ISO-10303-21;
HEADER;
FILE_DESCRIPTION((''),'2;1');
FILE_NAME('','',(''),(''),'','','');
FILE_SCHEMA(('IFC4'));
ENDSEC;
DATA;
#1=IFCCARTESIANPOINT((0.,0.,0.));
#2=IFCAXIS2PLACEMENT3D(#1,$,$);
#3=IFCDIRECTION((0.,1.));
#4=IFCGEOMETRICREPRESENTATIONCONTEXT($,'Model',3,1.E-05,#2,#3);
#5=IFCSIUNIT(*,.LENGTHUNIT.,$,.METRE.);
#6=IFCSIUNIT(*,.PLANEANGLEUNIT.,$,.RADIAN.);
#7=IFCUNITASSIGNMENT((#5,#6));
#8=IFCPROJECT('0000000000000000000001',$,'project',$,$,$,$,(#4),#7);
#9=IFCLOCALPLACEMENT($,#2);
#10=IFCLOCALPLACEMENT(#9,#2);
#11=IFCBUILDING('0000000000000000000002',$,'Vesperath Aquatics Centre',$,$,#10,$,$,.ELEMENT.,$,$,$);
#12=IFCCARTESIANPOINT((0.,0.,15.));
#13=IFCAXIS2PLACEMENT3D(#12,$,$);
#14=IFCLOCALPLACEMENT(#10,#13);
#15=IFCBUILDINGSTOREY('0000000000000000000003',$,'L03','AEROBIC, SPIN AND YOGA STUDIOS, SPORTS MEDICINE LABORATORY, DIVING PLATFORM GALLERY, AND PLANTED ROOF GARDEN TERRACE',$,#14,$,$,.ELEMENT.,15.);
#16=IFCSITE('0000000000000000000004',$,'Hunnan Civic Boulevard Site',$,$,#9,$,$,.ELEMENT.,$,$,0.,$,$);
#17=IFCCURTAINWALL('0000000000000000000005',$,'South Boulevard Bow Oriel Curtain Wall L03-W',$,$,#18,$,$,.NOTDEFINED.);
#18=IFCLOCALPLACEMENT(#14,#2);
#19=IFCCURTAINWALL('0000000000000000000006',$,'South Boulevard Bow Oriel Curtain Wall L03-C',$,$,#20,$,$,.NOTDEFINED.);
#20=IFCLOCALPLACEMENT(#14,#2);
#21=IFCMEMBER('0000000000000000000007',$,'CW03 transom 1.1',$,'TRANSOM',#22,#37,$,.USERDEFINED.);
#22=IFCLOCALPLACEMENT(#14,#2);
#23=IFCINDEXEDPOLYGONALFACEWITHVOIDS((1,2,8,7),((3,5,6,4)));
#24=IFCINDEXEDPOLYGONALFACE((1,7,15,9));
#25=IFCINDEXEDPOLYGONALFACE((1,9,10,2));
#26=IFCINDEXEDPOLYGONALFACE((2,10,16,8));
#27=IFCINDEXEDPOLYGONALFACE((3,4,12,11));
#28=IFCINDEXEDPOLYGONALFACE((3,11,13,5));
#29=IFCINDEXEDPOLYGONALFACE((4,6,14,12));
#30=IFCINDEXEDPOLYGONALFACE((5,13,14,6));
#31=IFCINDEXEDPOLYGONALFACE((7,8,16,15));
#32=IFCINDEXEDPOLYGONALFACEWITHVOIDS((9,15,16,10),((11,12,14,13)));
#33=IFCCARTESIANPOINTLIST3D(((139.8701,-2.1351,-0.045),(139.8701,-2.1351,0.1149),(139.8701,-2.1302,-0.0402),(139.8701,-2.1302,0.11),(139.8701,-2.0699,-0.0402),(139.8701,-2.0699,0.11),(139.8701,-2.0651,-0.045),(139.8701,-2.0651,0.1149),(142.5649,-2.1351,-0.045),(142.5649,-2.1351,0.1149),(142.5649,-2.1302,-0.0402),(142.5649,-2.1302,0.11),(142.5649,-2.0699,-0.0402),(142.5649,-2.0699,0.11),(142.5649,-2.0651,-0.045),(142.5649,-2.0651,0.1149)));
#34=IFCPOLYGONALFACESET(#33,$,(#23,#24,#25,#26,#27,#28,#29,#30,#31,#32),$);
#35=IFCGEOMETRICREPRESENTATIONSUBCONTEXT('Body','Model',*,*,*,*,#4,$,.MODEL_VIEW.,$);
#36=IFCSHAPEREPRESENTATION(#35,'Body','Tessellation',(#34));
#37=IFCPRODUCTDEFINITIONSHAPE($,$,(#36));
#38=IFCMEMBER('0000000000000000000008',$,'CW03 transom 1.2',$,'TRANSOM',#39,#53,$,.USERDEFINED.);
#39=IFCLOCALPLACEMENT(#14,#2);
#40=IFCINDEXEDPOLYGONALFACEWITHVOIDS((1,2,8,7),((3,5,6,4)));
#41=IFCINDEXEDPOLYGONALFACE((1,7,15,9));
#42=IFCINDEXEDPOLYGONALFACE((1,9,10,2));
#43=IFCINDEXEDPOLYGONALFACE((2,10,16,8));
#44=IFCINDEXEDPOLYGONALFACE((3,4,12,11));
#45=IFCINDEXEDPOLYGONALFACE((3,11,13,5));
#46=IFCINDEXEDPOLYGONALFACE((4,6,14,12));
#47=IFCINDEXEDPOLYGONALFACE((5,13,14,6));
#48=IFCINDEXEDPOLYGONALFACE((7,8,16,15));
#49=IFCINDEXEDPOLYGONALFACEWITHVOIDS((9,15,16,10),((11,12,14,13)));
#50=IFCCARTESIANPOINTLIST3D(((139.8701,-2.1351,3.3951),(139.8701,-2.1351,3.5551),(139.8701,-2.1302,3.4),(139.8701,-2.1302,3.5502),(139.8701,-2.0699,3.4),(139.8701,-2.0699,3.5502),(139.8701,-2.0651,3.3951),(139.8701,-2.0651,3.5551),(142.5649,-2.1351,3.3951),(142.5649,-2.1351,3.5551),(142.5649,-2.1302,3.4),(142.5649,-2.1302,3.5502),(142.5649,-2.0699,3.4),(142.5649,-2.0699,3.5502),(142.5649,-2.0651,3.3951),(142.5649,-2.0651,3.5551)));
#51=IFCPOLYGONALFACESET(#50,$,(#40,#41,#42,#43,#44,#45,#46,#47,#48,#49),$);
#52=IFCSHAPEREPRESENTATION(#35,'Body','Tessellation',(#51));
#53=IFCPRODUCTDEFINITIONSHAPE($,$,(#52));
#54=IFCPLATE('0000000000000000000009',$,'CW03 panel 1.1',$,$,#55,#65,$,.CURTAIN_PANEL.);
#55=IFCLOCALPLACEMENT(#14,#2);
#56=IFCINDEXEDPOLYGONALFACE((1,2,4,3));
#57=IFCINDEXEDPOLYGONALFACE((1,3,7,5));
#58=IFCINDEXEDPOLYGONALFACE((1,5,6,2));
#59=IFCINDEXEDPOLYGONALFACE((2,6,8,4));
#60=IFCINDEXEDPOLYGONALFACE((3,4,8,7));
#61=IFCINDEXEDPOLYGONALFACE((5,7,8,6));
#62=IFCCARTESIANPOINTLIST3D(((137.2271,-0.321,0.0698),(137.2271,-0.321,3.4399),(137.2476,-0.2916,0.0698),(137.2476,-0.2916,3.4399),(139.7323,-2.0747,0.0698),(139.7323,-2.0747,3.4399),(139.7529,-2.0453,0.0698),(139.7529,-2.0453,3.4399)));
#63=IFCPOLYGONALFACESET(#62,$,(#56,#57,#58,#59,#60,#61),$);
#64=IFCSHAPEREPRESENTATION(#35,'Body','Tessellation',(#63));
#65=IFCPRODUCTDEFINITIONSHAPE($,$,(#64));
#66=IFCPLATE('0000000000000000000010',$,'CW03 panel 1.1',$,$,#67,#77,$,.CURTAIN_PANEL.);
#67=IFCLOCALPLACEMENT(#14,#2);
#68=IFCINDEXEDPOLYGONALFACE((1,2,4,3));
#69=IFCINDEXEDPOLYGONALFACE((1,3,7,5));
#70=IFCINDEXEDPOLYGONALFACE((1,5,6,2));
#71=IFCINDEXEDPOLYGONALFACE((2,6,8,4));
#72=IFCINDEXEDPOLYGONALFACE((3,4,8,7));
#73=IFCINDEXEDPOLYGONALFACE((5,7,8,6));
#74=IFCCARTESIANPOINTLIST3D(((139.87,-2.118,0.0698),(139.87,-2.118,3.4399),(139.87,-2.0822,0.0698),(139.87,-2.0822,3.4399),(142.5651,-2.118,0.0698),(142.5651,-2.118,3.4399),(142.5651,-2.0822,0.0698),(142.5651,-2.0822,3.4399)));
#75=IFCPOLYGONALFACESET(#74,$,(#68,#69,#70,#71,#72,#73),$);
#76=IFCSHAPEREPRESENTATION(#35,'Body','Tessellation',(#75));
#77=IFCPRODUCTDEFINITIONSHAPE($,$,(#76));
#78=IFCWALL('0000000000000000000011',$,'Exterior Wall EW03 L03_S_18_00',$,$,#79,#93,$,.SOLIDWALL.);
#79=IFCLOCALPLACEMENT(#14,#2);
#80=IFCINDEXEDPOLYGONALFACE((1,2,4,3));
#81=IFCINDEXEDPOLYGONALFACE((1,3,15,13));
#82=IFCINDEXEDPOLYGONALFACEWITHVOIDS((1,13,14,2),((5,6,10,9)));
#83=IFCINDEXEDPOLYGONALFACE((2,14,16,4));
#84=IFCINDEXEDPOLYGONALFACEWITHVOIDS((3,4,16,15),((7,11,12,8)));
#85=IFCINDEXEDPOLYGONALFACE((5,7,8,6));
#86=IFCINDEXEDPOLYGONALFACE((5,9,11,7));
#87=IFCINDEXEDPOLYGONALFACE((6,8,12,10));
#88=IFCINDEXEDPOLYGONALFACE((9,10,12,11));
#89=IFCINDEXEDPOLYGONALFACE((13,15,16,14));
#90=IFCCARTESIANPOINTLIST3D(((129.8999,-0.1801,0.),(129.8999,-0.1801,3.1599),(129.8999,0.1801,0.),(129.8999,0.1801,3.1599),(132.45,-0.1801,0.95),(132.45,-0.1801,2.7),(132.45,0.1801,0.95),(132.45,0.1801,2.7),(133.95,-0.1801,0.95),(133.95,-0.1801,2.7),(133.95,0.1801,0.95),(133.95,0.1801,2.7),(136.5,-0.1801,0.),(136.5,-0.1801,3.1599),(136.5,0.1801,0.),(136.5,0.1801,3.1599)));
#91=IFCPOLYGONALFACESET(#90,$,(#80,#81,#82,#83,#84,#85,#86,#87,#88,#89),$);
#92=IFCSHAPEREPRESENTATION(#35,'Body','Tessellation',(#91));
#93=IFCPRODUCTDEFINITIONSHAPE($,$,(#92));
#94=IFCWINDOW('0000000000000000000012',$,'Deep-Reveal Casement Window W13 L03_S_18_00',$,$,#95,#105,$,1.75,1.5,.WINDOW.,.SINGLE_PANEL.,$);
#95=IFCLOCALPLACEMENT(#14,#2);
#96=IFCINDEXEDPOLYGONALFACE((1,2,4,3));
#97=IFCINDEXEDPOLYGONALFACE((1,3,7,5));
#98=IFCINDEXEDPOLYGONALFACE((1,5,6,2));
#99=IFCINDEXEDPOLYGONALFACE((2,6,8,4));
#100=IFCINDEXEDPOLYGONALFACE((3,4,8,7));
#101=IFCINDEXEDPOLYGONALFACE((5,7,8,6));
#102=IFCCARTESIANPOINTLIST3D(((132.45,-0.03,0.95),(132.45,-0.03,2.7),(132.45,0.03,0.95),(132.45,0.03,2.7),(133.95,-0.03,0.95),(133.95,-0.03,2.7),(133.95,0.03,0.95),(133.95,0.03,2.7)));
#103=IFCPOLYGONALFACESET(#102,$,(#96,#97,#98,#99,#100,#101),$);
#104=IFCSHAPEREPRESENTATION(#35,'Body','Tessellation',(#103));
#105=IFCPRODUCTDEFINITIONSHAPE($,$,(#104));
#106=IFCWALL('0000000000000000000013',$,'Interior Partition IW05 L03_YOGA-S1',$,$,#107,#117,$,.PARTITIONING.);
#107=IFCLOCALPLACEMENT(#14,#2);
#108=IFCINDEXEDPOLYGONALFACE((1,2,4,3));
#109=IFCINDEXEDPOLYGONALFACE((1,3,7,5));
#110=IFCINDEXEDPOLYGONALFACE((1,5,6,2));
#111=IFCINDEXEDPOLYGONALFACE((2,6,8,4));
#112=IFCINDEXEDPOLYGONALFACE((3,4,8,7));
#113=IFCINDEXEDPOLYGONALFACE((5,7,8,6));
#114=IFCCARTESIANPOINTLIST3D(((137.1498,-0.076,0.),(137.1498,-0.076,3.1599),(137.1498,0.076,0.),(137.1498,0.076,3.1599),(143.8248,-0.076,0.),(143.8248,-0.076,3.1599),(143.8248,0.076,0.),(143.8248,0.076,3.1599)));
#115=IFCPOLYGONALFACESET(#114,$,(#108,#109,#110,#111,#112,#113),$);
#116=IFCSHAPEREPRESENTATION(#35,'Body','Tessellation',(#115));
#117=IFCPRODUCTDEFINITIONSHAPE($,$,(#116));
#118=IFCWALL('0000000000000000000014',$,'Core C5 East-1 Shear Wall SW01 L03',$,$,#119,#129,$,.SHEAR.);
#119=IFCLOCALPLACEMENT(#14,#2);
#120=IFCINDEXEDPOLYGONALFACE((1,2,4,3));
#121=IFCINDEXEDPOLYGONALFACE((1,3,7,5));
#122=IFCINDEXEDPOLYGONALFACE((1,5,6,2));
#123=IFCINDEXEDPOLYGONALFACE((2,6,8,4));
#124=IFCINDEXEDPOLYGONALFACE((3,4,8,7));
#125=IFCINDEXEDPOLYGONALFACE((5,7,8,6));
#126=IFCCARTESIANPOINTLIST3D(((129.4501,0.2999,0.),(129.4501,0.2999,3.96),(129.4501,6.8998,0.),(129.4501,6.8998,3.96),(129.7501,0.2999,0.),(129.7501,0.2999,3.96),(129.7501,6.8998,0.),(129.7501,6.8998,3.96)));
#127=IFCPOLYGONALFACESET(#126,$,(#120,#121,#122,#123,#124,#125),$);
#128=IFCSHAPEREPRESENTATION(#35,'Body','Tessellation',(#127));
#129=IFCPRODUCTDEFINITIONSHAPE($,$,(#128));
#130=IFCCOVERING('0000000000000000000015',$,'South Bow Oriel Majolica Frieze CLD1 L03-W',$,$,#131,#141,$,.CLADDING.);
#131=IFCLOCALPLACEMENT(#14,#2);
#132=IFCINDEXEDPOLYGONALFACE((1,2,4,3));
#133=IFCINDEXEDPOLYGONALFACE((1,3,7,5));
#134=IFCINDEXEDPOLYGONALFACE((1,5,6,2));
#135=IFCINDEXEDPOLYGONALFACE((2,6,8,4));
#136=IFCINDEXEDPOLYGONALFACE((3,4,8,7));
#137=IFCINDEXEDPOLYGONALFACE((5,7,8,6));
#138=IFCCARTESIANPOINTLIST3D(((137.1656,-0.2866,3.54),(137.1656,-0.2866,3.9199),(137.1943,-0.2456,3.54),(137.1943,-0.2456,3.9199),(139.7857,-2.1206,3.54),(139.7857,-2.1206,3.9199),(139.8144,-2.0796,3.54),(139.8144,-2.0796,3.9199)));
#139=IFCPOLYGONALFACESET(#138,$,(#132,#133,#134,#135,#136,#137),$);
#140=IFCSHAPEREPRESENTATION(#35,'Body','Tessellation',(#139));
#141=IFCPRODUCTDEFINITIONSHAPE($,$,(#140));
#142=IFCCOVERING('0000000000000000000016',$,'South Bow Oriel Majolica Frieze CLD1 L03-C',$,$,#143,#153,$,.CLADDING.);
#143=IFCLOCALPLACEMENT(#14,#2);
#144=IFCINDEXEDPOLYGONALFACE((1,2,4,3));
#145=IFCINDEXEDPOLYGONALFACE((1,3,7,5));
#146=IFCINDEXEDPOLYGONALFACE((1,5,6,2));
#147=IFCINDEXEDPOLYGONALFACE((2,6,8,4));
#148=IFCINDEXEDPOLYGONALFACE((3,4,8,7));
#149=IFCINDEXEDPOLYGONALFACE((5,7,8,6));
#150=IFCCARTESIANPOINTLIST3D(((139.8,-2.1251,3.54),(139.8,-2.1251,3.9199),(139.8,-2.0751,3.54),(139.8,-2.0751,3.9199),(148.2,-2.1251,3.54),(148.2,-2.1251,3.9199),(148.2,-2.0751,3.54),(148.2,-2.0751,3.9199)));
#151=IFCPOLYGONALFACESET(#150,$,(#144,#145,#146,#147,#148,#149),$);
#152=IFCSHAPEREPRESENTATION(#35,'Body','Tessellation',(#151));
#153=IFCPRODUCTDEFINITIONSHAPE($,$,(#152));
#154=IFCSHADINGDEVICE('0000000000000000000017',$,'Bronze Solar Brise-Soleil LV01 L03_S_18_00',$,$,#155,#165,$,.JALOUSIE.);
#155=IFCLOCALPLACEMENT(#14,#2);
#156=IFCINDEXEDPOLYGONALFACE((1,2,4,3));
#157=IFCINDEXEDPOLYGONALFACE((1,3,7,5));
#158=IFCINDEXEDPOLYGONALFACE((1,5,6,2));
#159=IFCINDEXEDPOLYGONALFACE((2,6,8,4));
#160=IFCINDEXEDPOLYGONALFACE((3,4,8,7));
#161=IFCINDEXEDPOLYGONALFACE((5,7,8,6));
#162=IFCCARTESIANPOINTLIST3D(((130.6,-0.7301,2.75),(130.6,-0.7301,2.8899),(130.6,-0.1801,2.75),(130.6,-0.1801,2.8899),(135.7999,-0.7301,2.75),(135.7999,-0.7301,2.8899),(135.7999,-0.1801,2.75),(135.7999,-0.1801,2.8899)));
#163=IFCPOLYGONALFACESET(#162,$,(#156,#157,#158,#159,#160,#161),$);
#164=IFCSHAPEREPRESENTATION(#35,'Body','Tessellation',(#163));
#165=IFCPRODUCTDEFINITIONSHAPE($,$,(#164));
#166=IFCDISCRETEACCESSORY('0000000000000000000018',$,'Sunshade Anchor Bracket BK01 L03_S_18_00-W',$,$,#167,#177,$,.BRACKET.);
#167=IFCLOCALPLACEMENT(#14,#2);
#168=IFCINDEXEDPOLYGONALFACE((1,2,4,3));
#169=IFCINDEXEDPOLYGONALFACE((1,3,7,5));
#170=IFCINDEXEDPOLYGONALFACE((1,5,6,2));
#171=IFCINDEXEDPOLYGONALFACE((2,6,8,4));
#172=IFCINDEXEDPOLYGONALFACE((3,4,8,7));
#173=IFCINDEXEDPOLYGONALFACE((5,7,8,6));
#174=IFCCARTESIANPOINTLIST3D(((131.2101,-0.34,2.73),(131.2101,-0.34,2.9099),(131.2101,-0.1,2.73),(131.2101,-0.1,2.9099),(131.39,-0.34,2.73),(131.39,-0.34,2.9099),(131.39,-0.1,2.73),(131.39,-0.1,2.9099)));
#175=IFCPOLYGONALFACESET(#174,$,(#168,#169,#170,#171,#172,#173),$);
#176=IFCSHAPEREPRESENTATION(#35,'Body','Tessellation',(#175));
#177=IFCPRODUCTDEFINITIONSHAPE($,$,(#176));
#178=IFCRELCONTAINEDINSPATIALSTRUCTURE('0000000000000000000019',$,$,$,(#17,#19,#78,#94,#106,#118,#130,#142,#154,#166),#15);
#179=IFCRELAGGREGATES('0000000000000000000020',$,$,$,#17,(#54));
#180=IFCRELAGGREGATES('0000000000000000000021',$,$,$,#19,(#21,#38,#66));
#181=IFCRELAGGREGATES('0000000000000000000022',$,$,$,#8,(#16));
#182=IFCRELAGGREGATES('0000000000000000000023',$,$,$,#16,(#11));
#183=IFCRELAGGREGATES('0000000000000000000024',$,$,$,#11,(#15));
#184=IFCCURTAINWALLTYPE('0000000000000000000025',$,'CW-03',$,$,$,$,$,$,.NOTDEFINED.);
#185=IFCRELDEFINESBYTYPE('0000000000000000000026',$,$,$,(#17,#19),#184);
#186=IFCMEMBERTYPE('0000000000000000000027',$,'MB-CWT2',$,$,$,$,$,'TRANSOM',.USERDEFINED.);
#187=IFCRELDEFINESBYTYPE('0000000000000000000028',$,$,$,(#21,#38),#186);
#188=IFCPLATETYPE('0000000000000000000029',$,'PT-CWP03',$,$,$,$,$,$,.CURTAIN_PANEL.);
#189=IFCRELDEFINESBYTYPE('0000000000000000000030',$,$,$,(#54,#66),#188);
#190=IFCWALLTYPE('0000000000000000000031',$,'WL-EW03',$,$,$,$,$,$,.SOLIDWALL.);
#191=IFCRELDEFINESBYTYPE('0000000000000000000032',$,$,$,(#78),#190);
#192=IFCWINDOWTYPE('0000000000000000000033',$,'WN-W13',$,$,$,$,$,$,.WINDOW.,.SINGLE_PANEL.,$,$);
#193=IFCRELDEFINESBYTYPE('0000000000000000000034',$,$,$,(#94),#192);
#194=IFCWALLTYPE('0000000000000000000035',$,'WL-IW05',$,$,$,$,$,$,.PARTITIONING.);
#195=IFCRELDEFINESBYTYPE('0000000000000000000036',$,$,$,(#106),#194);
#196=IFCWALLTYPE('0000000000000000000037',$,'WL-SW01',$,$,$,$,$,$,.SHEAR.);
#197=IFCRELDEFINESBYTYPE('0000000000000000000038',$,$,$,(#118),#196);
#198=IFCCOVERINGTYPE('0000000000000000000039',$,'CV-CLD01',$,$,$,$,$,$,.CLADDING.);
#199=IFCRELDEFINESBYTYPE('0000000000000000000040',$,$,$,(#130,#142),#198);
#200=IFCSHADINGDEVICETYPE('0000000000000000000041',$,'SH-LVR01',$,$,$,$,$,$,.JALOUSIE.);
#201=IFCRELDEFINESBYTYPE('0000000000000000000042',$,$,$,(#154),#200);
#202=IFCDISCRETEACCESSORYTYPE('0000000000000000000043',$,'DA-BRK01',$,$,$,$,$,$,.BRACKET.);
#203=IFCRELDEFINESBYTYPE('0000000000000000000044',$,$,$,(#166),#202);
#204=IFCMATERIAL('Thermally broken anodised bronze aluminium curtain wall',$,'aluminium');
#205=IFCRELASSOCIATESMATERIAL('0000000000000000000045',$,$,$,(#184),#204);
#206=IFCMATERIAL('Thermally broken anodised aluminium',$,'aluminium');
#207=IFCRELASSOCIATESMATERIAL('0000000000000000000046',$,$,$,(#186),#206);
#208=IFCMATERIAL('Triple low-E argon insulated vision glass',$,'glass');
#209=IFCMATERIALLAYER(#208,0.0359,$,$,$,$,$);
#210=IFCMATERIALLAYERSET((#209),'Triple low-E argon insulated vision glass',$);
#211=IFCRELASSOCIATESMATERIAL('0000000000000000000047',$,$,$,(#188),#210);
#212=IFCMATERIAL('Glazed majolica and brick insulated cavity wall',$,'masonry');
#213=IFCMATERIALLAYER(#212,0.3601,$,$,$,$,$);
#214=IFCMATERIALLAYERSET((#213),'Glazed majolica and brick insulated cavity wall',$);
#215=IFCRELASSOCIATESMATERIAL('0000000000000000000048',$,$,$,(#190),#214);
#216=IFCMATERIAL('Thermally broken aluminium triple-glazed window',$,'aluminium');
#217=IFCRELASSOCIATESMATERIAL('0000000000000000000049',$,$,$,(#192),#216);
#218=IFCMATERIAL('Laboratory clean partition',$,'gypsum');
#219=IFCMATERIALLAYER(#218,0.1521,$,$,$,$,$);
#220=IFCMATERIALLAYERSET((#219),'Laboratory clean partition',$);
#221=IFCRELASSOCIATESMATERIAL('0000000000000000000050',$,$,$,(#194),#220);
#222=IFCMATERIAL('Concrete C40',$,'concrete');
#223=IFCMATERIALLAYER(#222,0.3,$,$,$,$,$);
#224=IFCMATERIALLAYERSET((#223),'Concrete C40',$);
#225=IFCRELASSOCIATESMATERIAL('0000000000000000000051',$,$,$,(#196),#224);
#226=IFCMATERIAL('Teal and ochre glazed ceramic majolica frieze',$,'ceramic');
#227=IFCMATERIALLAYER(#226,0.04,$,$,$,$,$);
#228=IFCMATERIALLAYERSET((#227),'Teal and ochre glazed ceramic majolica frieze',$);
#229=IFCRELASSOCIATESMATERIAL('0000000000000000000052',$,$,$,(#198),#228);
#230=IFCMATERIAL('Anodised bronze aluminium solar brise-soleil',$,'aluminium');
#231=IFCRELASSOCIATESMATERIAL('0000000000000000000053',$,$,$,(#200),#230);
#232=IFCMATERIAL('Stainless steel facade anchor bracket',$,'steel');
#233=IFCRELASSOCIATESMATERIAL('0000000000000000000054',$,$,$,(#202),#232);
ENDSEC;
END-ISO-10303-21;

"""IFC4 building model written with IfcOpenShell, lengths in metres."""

from ifc_helpers import new_model, si_unit, direction, frame, frame_2d, origin, origin_2d, place, context, subcontext, project, spatial, rectangle, hollow_rectangle, extrude, material, layer, layer_set, material_profile, profile_set, type_object, element, fill, aggregate, save


model = new_model("IFC4")

# Units and contexts
model_context = context("Model", 3, precision=1e-05, world=origin(), true_north=direction((0.0, 1.0)))
body_context = subcontext(model_context, "Body", "Model", "MODEL_VIEW")
ifc_project = project(units=[si_unit("LENGTHUNIT", "METRE"), si_unit("PLANEANGLEUNIT", "RADIAN")], contexts=[model_context])

# Site, building, storey
site_placement = place(None, origin())
site = spatial("IfcSite", under=ifc_project, at=site_placement, Name="Hunnan Civic Boulevard Site", CompositionType="ELEMENT", RefElevation=0.0)
building_placement = place(site_placement, origin())
building = spatial("IfcBuilding", under=site, at=building_placement, Name="Vesperath Aquatics Centre", CompositionType="ELEMENT")
storey_placement = place(building_placement, frame((0.0, 0.0, 15.0)))
storey = spatial("IfcBuildingStorey", under=building, at=storey_placement, Name="L03", Description="AEROBIC, SPIN AND YOGA STUDIOS, SPORTS MEDICINE LABORATORY, DIVING PLATFORM GALLERY, AND PLANTED ROOF GARDEN TERRACE", CompositionType="ELEMENT", Elevation=15.0)

# Shared definitions
ifc_material_1 = material(Name="Concrete C40", Category="concrete")

# Curtain wall
ifc_material_2 = material(Name="Thermally broken anodised bronze aluminium curtain wall", Category="aluminium")
curtain_wall_type = type_object("IfcCurtainWallType", Name="CW-03", PredefinedType="NOTDEFINED", material=ifc_material_2)
curtain_wall_1_placement = place(storey_placement, origin())
curtain_wall_1 = element("IfcCurtainWall", 1, at=curtain_wall_1_placement, inside=storey, type_object=curtain_wall_type, Name="South Boulevard Bow Oriel Curtain Wall L03-W", PredefinedType="NOTDEFINED")
ifc_material_3 = material(Name="Thermally broken anodised aluminium", Category="aluminium")

# Curtain wall
curtain_wall_2_placement = place(storey_placement, origin())
curtain_wall_2 = element("IfcCurtainWall", 2, at=curtain_wall_2_placement, inside=storey, type_object=curtain_wall_type, Name="South Boulevard Bow Oriel Curtain Wall L03-C", PredefinedType="NOTDEFINED")

# Members
ifc_material_profile_1 = material_profile(ifc_material_3, hollow_rectangle(XDim=0.0701, YDim=0.1599, WallThickness=0.0049, at=origin_2d()), Name="CWT 70x160x5")
ifc_profile_set_1 = profile_set([ifc_material_profile_1], Name="Thermally broken anodised aluminium")
member_type_1 = type_object("IfcMemberType", Name="MB-CWT2", ElementType="TRANSOM", PredefinedType="USERDEFINED", material=ifc_profile_set_1)
member_1_placement = place(storey_placement, frame((139.8701, -2.1001, 0.0349), z_axis=(1.0, 0.0, 0.0), x_axis=(0.0, 1.0, 0.0)))
member_1 = element("IfcMember", 3, at=member_1_placement, type_object=member_type_1, Name="CW03 transom 1.1", ObjectType="TRANSOM", PredefinedType="USERDEFINED", context=body_context, shape_type="SweptSolid", body=[
    extrude(hollow_rectangle(XDim=0.0701, YDim=0.1599, WallThickness=0.0049, at=origin_2d()), origin(), (0.0, 0.0, 1.0), 2.6948),
])
member_2_placement = place(storey_placement, frame((139.8701, -2.1001, 3.4751), z_axis=(1.0, 0.0, 0.0), x_axis=(0.0, 1.0, 0.0)))
member_2 = element("IfcMember", 4, at=member_2_placement, type_object=member_type_1, Name="CW03 transom 1.2", ObjectType="TRANSOM", PredefinedType="USERDEFINED", context=body_context, shape_type="SweptSolid", body=[
    extrude(hollow_rectangle(XDim=0.0701, YDim=0.1599, WallThickness=0.0049, at=origin_2d()), origin(), (0.0, 0.0, 1.0), 2.6948),
])

# Plates
ifc_material_4 = material(Name="Triple low-E argon insulated vision glass", Category="glass")
ifc_layer_1 = layer(ifc_material_4, 0.0359)
ifc_layer_set_1 = layer_set([ifc_layer_1], Name="Triple low-E argon insulated vision glass")
plate_type = type_object("IfcPlateType", Name="PT-CWP03", PredefinedType="CURTAIN_PANEL", material=ifc_layer_set_1)
plate_1_placement = place(storey_placement, frame((138.49, -1.1831, 0.0698), z_axis=(0.0, 0.0, 1.0), x_axis=(0.819232, -0.573462, 0.0)))
plate_1 = element("IfcPlate", 5, at=plate_1_placement, type_object=plate_type, Name="CW03 panel 1.1", PredefinedType="CURTAIN_PANEL", context=body_context, shape_type="SweptSolid", body=[
    extrude(rectangle(XDim=3.0581, YDim=0.0359, at=origin_2d()), origin(), (0.0, 0.0, 1.0), 3.3701),
])
aggregate(curtain_wall_1, [plate_1])
plate_2_placement = place(storey_placement, frame((141.2175, -2.1001, 0.0698), z_axis=(0.0, 0.0, 1.0), x_axis=(1.0, 0.0, 0.0)))
plate_2 = element("IfcPlate", 6, at=plate_2_placement, type_object=plate_type, Name="CW03 panel 1.1", PredefinedType="CURTAIN_PANEL", context=body_context, shape_type="SweptSolid", body=[
    extrude(rectangle(XDim=2.6951, YDim=0.0359, at=origin_2d()), origin(), (0.0, 0.0, 1.0), 3.3701),
])
aggregate(curtain_wall_2, [member_1, member_2, plate_2])

# Wall, opening, window
ifc_material_5 = material(Name="Glazed majolica and brick insulated cavity wall", Category="masonry")
ifc_layer_2 = layer(ifc_material_5, 0.3601)
ifc_layer_set_2 = layer_set([ifc_layer_2], Name="Glazed majolica and brick insulated cavity wall")
wall_type_1 = type_object("IfcWallType", Name="WL-EW03", PredefinedType="SOLIDWALL", material=ifc_layer_set_2)
wall_1_placement = place(storey_placement, frame((129.8999, 0.0, 0.0), z_axis=(0.0, 0.0, 1.0), x_axis=(1.0, 0.0, 0.0)))
wall_1 = element("IfcWall", 7, at=wall_1_placement, inside=storey, type_object=wall_type_1, Name="Exterior Wall EW03 L03_S_18_00", PredefinedType="SOLIDWALL", context=body_context, shape_type="SweptSolid", body=[
    extrude(rectangle(XDim=6.6001, YDim=0.3601, at=frame_2d((3.3, 0.0))), origin(), (0.0, 0.0, 1.0), 3.1599),
])
opening_placement = place(wall_1_placement, frame((2.55, 0.0, 0.95)))
opening = element("IfcOpeningElement", 8, at=opening_placement, cuts=wall_1, PredefinedType="OPENING", context=body_context, shape_type="SweptSolid", body=[
    extrude(rectangle(XDim=1.5, YDim=1.75, at=frame_2d((0.75, 0.875))), frame((0.0, 0.1948, 0.0), z_axis=(0.0, -1.0, 0.0), x_axis=(1.0, 0.0, 0.0)), (0.0, 0.0, 1.0), 0.3899),
])
ifc_material_6 = material(Name="Thermally broken aluminium triple-glazed window", Category="aluminium")
window_type = type_object("IfcWindowType", Name="WN-W13", PartitioningType="SINGLE_PANEL", PredefinedType="WINDOW", material=ifc_material_6)
window_placement = place(opening_placement, origin())
window = element("IfcWindow", 9, at=window_placement, inside=storey, type_object=window_type, Name="Deep-Reveal Casement Window W13 L03_S_18_00", OverallHeight=1.75, OverallWidth=1.5, PartitioningType="SINGLE_PANEL", PredefinedType="WINDOW", context=body_context, shape_type="SweptSolid", body=[
    extrude(rectangle(XDim=1.5, YDim=1.75, at=frame_2d((0.75, 0.875))), frame((0.0, 0.03, 0.0), z_axis=(0.0, -1.0, 0.0), x_axis=(1.0, 0.0, 0.0)), (0.0, 0.0, 1.0), 0.0601),
])
fill(opening, window)

# Walls
ifc_material_7 = material(Name="Laboratory clean partition", Category="gypsum")
ifc_layer_3 = layer(ifc_material_7, 0.1521)
ifc_layer_set_3 = layer_set([ifc_layer_3], Name="Laboratory clean partition")
wall_type_2 = type_object("IfcWallType", Name="WL-IW05", PredefinedType="PARTITIONING", material=ifc_layer_set_3)
wall_2_placement = place(storey_placement, frame((137.1499, 0.0, 0.0), z_axis=(0.0, 0.0, 1.0), x_axis=(1.0, 0.0, 0.0)))
element("IfcWall", 10, at=wall_2_placement, inside=storey, type_object=wall_type_2, Name="Interior Partition IW05 L03_YOGA-S1", PredefinedType="PARTITIONING", context=body_context, shape_type="SweptSolid", body=[
    extrude(rectangle(XDim=6.675, YDim=0.1521, at=frame_2d((3.3374, 0.0))), origin(), (0.0, 0.0, 1.0), 3.1599),
])
ifc_layer_4 = layer(ifc_material_1, 0.3)
ifc_layer_set_4 = layer_set([ifc_layer_4], Name="Concrete C40")
wall_type_3 = type_object("IfcWallType", Name="WL-SW01", PredefinedType="SHEAR", material=ifc_layer_set_4)
wall_3_placement = place(storey_placement, frame((129.6001, 0.3, 0.0), z_axis=(0.0, 0.0, 1.0), x_axis=(0.0, 1.0, 0.0)))
element("IfcWall", 11, at=wall_3_placement, inside=storey, type_object=wall_type_3, Name="Core C5 East-1 Shear Wall SW01 L03", PredefinedType="SHEAR", context=body_context, shape_type="SweptSolid", body=[
    extrude(rectangle(XDim=6.5999, YDim=0.3, at=frame_2d((3.2998, 0.0))), origin(), (0.0, 0.0, 1.0), 3.96),
])

# Coverings
ifc_material_8 = material(Name="Teal and ochre glazed ceramic majolica frieze", Category="ceramic")
ifc_layer_5 = layer(ifc_material_8, 0.04)
ifc_layer_set_5 = layer_set([ifc_layer_5], Name="Teal and ochre glazed ceramic majolica frieze")
covering_type = type_object("IfcCoveringType", Name="CV-CLD01", PredefinedType="CLADDING", material=ifc_layer_set_5)
covering_1_placement = place(storey_placement, frame((137.1799, -0.2661, 3.54), z_axis=(0.0, 0.0, 1.0), x_axis=(0.819246, -0.573442, 0.0)))
element("IfcCovering", 12, at=covering_1_placement, inside=storey, type_object=covering_type, Name="South Bow Oriel Majolica Frieze CLD1 L03-W", PredefinedType="CLADDING", context=body_context, shape_type="SweptSolid", body=[
    extrude(rectangle(XDim=3.1982, YDim=0.05, at=frame_2d((1.5991, 0.0))), origin(), (0.0, 0.0, 1.0), 0.3799),
])
covering_2_placement = place(storey_placement, frame((139.8, -2.1001, 3.54), z_axis=(0.0, 0.0, 1.0), x_axis=(1.0, 0.0, 0.0)))
element("IfcCovering", 13, at=covering_2_placement, inside=storey, type_object=covering_type, Name="South Bow Oriel Majolica Frieze CLD1 L03-C", PredefinedType="CLADDING", context=body_context, shape_type="SweptSolid", body=[
    extrude(rectangle(XDim=8.3999, YDim=0.05, at=frame_2d((4.2, 0.0))), origin(), (0.0, 0.0, 1.0), 0.3799),
])

# Shading device
ifc_material_9 = material(Name="Anodised bronze aluminium solar brise-soleil", Category="aluminium")
shading_device_type = type_object("IfcShadingDeviceType", Name="SH-LVR01", PredefinedType="JALOUSIE", material=ifc_material_9)
shading_device_placement = place(storey_placement, frame((133.2, -0.4551, 2.75), z_axis=(0.0, 0.0, 1.0), x_axis=(1.0, 0.0, 0.0)))
element("IfcShadingDevice", 14, at=shading_device_placement, inside=storey, type_object=shading_device_type, Name="Bronze Solar Brise-Soleil LV01 L03_S_18_00", PredefinedType="JALOUSIE", context=body_context, shape_type="SweptSolid", body=[
    extrude(rectangle(XDim=5.2, YDim=0.55, at=origin_2d()), origin(), (0.0, 0.0, 1.0), 0.1399),
])

# Discrete accessory
ifc_material_10 = material(Name="Stainless steel facade anchor bracket", Category="steel")
discrete_accessory_type = type_object("IfcDiscreteAccessoryType", Name="DA-BRK01", PredefinedType="BRACKET", material=ifc_material_10)
for number, where, z_axis, x_axis, name in (
    (15, (131.3, -0.22, 2.73), (0.0, 0.0, 1.0), (1.0, 0.0, 0.0), "Sunshade Anchor Bracket BK01 L03_S_18_00-W"),
):
    element("IfcDiscreteAccessory", number, at=place(storey_placement, frame(where, z_axis=z_axis, x_axis=x_axis)), inside=storey, type_object=discrete_accessory_type, Name=name, PredefinedType="BRACKET", context=body_context, shape_type="SweptSolid", body=[
        extrude(rectangle(XDim=0.1799, YDim=0.24, at=origin_2d()), origin(), (0.0, 0.0, 1.0), 0.1799),
    ])

save(model, "model.ifc")
